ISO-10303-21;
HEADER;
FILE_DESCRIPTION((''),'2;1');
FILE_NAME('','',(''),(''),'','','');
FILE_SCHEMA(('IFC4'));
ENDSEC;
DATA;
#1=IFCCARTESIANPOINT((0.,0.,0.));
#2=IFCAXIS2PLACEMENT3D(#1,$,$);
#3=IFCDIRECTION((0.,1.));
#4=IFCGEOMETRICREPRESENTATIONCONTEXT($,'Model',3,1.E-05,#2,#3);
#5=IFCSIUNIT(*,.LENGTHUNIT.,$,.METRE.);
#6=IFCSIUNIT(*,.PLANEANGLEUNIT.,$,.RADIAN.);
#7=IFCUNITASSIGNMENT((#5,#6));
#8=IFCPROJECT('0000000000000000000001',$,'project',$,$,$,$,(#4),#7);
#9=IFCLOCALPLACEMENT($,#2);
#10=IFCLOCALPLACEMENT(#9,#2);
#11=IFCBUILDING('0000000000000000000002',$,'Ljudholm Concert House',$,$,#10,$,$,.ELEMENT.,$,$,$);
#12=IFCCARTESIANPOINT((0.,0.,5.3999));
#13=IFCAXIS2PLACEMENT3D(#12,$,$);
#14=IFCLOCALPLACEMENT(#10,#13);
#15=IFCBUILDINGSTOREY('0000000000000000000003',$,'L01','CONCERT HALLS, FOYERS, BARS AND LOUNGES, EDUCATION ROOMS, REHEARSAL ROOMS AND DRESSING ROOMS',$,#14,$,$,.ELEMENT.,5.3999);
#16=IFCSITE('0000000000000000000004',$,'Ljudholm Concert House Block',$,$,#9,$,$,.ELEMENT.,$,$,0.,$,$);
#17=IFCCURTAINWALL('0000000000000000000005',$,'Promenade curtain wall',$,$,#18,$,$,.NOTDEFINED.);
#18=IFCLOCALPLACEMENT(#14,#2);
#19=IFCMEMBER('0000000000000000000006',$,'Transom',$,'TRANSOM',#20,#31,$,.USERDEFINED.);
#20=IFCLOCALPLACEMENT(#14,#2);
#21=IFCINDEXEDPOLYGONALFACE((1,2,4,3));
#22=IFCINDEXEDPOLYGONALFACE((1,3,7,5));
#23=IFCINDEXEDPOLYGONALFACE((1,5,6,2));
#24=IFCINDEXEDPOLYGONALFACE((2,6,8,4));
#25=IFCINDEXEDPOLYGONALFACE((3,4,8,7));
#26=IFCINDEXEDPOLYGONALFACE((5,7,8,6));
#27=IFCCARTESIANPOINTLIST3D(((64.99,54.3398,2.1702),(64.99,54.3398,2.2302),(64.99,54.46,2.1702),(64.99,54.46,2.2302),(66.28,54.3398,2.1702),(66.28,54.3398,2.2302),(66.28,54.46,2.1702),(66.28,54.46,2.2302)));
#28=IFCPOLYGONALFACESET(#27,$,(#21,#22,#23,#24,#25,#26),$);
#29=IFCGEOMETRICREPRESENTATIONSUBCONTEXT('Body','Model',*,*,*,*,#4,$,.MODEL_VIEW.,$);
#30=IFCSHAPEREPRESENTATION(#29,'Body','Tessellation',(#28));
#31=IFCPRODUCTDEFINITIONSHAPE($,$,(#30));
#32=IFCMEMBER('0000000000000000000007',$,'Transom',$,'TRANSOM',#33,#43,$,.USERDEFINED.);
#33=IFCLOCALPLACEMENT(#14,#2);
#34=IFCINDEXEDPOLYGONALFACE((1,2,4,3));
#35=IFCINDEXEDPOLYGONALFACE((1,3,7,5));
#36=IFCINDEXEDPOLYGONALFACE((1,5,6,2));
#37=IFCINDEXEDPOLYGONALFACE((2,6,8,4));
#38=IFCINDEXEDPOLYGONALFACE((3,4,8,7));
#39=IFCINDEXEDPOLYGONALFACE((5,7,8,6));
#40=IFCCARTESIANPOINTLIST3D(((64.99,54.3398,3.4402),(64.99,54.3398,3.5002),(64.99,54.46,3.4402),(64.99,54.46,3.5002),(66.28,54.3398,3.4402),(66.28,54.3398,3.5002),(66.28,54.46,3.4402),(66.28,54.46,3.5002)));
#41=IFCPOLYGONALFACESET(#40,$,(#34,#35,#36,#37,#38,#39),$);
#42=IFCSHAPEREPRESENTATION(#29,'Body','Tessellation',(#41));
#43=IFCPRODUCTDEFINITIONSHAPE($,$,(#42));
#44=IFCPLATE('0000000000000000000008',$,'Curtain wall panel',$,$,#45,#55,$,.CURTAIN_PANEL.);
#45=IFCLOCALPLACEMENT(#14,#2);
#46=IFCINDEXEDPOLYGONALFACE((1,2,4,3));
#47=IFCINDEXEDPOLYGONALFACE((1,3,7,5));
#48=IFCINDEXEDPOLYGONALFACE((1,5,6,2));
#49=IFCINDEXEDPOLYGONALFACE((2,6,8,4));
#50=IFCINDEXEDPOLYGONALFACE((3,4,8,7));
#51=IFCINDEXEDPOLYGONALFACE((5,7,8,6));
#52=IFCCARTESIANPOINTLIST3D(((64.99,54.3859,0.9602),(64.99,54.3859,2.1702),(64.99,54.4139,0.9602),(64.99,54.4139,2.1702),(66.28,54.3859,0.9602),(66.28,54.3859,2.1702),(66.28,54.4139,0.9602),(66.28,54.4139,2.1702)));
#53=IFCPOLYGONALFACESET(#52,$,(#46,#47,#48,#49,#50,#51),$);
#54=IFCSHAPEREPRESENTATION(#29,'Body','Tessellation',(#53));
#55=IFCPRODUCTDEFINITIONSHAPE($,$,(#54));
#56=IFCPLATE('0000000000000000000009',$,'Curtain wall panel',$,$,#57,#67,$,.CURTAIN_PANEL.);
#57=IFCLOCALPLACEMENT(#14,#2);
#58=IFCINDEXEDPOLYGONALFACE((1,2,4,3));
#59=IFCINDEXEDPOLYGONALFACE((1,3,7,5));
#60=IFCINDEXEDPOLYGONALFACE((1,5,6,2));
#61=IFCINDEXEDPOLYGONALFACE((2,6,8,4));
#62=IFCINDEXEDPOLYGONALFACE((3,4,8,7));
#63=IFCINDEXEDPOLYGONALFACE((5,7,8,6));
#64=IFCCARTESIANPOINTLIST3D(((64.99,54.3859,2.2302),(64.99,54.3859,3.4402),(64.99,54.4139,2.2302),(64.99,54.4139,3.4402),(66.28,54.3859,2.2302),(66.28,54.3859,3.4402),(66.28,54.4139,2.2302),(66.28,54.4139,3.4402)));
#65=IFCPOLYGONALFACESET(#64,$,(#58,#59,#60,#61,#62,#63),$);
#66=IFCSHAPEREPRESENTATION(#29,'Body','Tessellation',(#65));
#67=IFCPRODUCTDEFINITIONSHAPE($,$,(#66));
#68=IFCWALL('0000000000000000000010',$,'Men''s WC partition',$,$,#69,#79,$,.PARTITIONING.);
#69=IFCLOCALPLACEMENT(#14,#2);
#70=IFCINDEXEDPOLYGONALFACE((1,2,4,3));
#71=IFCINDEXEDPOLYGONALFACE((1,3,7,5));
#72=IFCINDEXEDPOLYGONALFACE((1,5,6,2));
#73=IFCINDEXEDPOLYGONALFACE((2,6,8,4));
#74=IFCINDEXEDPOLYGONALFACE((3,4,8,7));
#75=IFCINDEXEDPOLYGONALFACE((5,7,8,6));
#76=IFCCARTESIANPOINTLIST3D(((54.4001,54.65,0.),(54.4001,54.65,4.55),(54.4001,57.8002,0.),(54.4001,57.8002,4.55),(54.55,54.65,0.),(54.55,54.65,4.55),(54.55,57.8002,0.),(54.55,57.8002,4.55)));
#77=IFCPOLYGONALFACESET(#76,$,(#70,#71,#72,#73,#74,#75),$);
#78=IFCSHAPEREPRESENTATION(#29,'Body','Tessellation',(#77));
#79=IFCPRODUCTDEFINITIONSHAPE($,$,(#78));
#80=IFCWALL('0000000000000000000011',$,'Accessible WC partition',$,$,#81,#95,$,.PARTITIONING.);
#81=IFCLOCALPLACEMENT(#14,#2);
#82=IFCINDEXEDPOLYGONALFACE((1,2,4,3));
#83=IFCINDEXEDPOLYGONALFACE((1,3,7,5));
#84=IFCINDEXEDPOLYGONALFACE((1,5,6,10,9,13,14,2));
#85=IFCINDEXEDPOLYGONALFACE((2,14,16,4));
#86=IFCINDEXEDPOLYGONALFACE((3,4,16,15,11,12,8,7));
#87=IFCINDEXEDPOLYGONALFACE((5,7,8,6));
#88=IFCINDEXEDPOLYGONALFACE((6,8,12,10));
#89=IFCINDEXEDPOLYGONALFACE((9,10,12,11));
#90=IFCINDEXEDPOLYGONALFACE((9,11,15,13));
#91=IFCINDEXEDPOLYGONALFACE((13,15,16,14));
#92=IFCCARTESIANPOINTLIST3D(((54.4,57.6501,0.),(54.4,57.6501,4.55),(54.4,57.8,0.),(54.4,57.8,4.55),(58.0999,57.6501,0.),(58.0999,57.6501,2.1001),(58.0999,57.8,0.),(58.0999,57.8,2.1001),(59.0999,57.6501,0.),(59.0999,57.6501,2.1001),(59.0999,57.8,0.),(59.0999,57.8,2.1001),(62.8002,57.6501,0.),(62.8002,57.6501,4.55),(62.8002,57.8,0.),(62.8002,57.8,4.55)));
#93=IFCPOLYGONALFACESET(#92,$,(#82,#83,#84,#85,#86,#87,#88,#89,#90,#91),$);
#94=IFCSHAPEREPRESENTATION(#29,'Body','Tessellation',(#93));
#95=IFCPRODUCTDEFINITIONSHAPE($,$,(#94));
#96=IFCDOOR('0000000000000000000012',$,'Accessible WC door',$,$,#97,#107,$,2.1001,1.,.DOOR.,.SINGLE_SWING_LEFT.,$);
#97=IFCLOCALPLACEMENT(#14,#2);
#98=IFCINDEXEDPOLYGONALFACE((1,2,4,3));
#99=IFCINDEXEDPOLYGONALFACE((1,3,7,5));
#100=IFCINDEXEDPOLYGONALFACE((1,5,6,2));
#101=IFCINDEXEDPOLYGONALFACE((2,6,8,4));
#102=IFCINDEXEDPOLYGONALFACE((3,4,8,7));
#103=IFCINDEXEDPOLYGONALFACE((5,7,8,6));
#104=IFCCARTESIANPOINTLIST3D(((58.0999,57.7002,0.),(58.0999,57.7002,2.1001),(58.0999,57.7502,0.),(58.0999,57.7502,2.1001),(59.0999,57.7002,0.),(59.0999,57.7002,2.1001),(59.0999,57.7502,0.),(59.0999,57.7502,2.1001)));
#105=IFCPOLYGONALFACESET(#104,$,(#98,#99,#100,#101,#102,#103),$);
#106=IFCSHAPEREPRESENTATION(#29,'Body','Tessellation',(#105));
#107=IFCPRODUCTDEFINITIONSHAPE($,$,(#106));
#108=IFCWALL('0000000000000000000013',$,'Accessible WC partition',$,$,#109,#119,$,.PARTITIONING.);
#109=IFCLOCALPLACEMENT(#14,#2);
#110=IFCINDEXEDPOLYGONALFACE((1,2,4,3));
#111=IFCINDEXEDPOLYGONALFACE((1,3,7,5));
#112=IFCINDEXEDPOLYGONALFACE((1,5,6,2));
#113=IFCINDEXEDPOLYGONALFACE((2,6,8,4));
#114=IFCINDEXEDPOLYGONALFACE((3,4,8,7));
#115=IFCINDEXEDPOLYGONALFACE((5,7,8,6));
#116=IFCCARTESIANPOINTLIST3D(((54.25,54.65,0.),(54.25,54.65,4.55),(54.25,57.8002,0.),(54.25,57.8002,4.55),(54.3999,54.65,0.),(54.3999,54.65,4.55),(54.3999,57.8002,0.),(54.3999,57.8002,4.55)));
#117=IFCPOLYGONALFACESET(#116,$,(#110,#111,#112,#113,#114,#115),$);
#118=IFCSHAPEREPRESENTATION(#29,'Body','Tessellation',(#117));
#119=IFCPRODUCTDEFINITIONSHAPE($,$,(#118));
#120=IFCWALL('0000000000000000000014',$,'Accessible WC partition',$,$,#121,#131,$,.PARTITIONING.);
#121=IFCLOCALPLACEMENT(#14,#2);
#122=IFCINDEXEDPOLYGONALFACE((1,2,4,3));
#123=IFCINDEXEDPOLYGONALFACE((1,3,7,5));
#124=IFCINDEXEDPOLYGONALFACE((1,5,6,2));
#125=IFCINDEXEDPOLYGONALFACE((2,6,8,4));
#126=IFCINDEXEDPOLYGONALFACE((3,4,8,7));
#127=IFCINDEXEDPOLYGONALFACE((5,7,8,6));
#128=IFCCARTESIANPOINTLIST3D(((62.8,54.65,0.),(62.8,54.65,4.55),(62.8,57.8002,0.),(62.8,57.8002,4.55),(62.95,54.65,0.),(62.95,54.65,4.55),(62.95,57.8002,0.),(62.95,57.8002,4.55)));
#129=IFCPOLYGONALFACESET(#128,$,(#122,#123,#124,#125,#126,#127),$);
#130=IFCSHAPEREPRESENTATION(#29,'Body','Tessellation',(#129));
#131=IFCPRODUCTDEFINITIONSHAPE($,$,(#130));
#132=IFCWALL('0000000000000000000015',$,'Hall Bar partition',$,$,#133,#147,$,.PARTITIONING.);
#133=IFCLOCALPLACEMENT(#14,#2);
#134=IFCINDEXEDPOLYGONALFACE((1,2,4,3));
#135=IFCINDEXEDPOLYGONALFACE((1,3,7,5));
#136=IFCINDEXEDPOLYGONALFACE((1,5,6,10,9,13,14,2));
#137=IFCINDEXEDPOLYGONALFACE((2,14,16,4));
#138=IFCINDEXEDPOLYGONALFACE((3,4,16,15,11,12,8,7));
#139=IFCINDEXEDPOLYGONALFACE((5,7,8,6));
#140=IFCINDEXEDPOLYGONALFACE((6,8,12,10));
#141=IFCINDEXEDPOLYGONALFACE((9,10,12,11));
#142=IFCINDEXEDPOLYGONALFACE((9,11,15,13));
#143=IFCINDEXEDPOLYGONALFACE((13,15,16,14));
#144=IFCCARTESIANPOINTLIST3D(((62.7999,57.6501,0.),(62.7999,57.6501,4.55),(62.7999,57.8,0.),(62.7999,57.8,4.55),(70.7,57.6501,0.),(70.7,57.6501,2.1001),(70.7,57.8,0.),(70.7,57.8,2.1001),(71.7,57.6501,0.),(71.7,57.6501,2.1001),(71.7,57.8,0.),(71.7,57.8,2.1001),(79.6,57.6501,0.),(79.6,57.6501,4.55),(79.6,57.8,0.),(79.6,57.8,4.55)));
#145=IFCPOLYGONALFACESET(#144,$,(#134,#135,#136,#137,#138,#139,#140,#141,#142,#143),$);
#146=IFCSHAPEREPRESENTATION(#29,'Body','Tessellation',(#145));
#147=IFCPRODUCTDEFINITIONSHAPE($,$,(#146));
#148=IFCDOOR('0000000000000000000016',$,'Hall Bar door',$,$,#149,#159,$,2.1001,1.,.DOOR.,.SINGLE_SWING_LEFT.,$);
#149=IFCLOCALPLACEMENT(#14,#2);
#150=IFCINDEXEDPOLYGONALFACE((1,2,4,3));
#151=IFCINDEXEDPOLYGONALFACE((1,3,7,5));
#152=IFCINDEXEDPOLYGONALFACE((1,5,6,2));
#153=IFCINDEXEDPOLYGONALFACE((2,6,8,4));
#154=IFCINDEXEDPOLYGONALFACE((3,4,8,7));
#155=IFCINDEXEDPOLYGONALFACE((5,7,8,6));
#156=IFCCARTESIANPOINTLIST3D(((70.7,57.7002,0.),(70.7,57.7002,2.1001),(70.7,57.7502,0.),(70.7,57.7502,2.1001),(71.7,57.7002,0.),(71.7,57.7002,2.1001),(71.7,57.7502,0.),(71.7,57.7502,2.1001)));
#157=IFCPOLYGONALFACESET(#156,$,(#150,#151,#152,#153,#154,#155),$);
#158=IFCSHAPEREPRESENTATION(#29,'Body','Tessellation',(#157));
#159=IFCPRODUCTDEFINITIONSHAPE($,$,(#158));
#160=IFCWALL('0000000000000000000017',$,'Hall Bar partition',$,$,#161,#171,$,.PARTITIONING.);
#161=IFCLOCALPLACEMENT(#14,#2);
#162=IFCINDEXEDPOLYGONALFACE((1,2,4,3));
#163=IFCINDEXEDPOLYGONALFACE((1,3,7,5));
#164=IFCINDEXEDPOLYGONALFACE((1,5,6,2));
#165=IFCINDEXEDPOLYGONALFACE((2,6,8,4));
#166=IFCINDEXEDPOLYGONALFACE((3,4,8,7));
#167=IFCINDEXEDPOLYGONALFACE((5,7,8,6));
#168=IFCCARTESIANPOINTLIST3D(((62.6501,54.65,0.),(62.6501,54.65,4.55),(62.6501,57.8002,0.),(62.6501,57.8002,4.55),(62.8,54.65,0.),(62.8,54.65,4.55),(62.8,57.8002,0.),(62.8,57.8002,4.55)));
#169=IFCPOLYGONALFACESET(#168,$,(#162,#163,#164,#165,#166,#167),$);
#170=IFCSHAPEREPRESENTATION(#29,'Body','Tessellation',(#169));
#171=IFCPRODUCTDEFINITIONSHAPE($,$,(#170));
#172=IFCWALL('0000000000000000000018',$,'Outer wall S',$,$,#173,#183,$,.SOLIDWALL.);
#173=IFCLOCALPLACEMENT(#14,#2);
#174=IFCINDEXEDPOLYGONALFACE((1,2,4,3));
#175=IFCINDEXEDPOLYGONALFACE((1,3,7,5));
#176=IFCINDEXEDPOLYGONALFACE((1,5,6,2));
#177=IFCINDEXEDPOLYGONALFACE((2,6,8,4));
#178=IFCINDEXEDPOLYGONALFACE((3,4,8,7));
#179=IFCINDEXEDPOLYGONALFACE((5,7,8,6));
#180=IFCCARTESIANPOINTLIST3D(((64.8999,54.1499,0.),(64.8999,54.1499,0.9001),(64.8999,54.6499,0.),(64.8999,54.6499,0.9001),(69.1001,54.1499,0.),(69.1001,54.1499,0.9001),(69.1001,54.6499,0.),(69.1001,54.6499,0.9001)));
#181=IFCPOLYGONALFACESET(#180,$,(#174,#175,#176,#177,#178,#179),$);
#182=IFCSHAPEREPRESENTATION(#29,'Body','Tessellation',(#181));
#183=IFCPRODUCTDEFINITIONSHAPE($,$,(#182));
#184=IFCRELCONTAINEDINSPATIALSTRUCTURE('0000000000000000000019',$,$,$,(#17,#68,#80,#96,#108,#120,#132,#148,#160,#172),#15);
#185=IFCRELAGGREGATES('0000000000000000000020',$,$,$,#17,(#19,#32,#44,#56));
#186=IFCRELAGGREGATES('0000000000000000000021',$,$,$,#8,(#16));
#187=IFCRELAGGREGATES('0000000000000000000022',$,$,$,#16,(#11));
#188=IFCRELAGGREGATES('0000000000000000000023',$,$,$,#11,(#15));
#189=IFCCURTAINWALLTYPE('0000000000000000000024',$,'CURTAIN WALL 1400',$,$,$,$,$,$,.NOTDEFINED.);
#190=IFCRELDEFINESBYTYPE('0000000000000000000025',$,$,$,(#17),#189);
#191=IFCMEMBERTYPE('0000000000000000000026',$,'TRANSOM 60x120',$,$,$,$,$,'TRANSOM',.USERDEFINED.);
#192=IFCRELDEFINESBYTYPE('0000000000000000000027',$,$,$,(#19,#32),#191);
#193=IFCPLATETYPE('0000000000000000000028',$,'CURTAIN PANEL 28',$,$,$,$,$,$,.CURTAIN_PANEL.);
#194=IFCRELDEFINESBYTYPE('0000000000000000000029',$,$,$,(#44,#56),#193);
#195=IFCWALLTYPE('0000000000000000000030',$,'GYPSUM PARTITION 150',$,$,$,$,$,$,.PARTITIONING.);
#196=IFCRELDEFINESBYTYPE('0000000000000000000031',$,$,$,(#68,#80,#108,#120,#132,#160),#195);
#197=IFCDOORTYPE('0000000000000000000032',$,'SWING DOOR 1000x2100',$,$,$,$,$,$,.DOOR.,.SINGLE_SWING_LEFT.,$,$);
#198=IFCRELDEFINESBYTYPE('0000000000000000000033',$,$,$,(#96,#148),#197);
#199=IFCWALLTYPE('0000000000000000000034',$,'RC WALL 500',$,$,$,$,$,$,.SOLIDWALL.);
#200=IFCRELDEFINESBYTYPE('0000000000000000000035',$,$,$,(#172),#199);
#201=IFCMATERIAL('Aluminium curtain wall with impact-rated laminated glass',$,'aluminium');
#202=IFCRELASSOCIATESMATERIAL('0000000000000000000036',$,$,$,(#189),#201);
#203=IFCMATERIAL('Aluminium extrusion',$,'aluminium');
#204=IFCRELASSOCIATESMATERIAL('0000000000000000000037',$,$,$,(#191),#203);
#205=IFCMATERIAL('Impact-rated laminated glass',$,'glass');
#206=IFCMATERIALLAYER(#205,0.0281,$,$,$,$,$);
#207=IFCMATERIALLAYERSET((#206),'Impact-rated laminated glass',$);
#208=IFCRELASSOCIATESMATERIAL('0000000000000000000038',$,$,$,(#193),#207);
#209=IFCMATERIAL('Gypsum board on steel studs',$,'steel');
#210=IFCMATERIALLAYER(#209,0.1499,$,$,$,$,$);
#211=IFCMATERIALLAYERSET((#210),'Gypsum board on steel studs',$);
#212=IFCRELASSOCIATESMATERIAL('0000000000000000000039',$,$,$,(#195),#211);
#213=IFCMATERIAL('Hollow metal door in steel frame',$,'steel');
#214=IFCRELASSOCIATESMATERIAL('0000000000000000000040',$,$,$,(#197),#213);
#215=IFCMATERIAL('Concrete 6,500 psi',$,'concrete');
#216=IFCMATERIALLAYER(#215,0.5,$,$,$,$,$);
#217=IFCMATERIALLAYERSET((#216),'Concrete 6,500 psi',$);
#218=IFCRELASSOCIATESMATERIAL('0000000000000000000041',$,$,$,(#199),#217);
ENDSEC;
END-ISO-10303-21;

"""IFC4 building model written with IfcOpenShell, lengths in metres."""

from ifc_helpers import new_model, si_unit, direction, frame, frame_2d, origin, origin_2d, place, context, subcontext, project, spatial, rectangle, extrude, material, layer, layer_set, material_profile, profile_set, type_object, element, fill, aggregate, save


model = new_model("IFC4")

# Units and contexts
model_context = context("Model", 3, precision=1e-05, world=origin(), true_north=direction((0.0, 1.0)))
body_context = subcontext(model_context, "Body", "Model", "MODEL_VIEW")
ifc_project = project(units=[si_unit("LENGTHUNIT", "METRE"), si_unit("PLANEANGLEUNIT", "RADIAN")], contexts=[model_context])

# Site, building, storey
site_placement = place(None, origin())
site = spatial("IfcSite", under=ifc_project, at=site_placement, Name="Ljudholm Concert House Block", CompositionType="ELEMENT", RefElevation=0.0)
building_placement = place(site_placement, origin())
building = spatial("IfcBuilding", under=site, at=building_placement, Name="Ljudholm Concert House", CompositionType="ELEMENT")
storey_placement = place(building_placement, frame((0.0, 0.0, 5.3999)))
storey = spatial("IfcBuildingStorey", under=building, at=storey_placement, Name="L01", Description="CONCERT HALLS, FOYERS, BARS AND LOUNGES, EDUCATION ROOMS, REHEARSAL ROOMS AND DRESSING ROOMS", CompositionType="ELEMENT", Elevation=5.3999)

# Curtain wall
ifc_material_1 = material(Name="Aluminium curtain wall with impact-rated laminated glass", Category="aluminium")
curtain_wall_type = type_object("IfcCurtainWallType", Name="CURTAIN WALL 1400", PredefinedType="NOTDEFINED", material=ifc_material_1)
curtain_wall_placement = place(storey_placement, origin())
curtain_wall = element("IfcCurtainWall", 1, at=curtain_wall_placement, inside=storey, type_object=curtain_wall_type, Name="Promenade curtain wall", PredefinedType="NOTDEFINED")

# Members
ifc_material_2 = material(Name="Aluminium extrusion", Category="aluminium")
ifc_material_profile_1 = material_profile(ifc_material_2, rectangle(XDim=0.1201, YDim=0.0601, at=origin_2d()), Name="TRANSOM 60x120")
ifc_profile_set_1 = profile_set([ifc_material_profile_1], Name="Aluminium extrusion")
member_type_1 = type_object("IfcMemberType", Name="TRANSOM 60x120", ElementType="TRANSOM", PredefinedType="USERDEFINED", material=ifc_profile_set_1)
member_1_placement = place(storey_placement, frame((64.99, 54.3999, 2.2002), z_axis=(1.0, 0.0, 0.0), x_axis=(0.0, 1.0, 0.0)))
member_1 = element("IfcMember", 2, at=member_1_placement, type_object=member_type_1, Name="Transom", ObjectType="TRANSOM", PredefinedType="USERDEFINED", context=body_context, shape_type="SweptSolid", body=[
    extrude(rectangle(XDim=0.1201, YDim=0.0601, at=origin_2d()), origin(), (0.0, 0.0, 1.0), 1.29),
])
member_2_placement = place(storey_placement, frame((64.99, 54.3999, 3.4702), z_axis=(1.0, 0.0, 0.0), x_axis=(0.0, 1.0, 0.0)))
member_2 = element("IfcMember", 3, at=member_2_placement, type_object=member_type_1, Name="Transom", ObjectType="TRANSOM", PredefinedType="USERDEFINED", context=body_context, shape_type="SweptSolid", body=[
    extrude(rectangle(XDim=0.1201, YDim=0.0601, at=origin_2d()), origin(), (0.0, 0.0, 1.0), 1.29),
])

# Plates
ifc_material_3 = material(Name="Impact-rated laminated glass", Category="glass")
ifc_layer_1 = layer(ifc_material_3, 0.0281)
ifc_layer_set_1 = layer_set([ifc_layer_1], Name="Impact-rated laminated glass")
plate_type = type_object("IfcPlateType", Name="CURTAIN PANEL 28", PredefinedType="CURTAIN_PANEL", material=ifc_layer_set_1)
plate_1_placement = place(storey_placement, frame((65.635, 54.3999, 0.9602), z_axis=(0.0, 0.0, 1.0), x_axis=(1.0, 0.0, 0.0)))
plate_1 = element("IfcPlate", 4, at=plate_1_placement, type_object=plate_type, Name="Curtain wall panel", PredefinedType="CURTAIN_PANEL", context=body_context, shape_type="SweptSolid", body=[
    extrude(rectangle(XDim=1.29, YDim=0.0281, at=origin_2d()), origin(), (0.0, 0.0, 1.0), 1.21),
])
plate_2_placement = place(storey_placement, frame((65.635, 54.3999, 2.2302), z_axis=(0.0, 0.0, 1.0), x_axis=(1.0, 0.0, 0.0)))
plate_2 = element("IfcPlate", 5, at=plate_2_placement, type_object=plate_type, Name="Curtain wall panel", PredefinedType="CURTAIN_PANEL", context=body_context, shape_type="SweptSolid", body=[
    extrude(rectangle(XDim=1.29, YDim=0.0281, at=origin_2d()), origin(), (0.0, 0.0, 1.0), 1.21),
])
aggregate(curtain_wall, [member_1, member_2, plate_1, plate_2])

# Wall
ifc_material_4 = material(Name="Gypsum board on steel studs", Category="steel")
ifc_layer_2 = layer(ifc_material_4, 0.1499)
ifc_layer_set_2 = layer_set([ifc_layer_2], Name="Gypsum board on steel studs")
wall_type_1 = type_object("IfcWallType", Name="GYPSUM PARTITION 150", PredefinedType="PARTITIONING", material=ifc_layer_set_2)
wall_1_placement = place(storey_placement, frame((54.4751, 54.6499, 0.0), z_axis=(0.0, 0.0, 1.0), x_axis=(0.0, 1.0, 0.0)))
element("IfcWall", 6, at=wall_1_placement, inside=storey, type_object=wall_type_1, Name="Men's WC partition", PredefinedType="PARTITIONING", context=body_context, shape_type="SweptSolid", body=[
    extrude(rectangle(XDim=3.1501, YDim=0.1499, at=frame_2d((1.5752, 0.0))), origin(), (0.0, 0.0, 1.0), 4.55),
])

# Wall, opening, door
wall_2_placement = place(storey_placement, frame((54.3999, 57.7251, 0.0), z_axis=(0.0, 0.0, 1.0), x_axis=(1.0, 0.0, 0.0)))
wall_2 = element("IfcWall", 7, at=wall_2_placement, inside=storey, type_object=wall_type_1, Name="Accessible WC partition", PredefinedType="PARTITIONING", context=body_context, shape_type="SweptSolid", body=[
    extrude(rectangle(XDim=8.4001, YDim=0.1499, at=frame_2d((4.2002, 0.0))), origin(), (0.0, 0.0, 1.0), 4.55),
])
opening_1_placement = place(wall_2_placement, frame((3.7, 0.0, 0.0)))
opening_1 = element("IfcOpeningElement", 8, at=opening_1_placement, cuts=wall_2, PredefinedType="OPENING", context=body_context, shape_type="SweptSolid", body=[
    extrude(rectangle(XDim=1.0, YDim=2.1001, at=frame_2d((0.5, 1.05))), frame((0.0, 0.085, 0.0), z_axis=(0.0, -1.0, 0.0), x_axis=(1.0, 0.0, 0.0)), (0.0, 0.0, 1.0), 0.1699),
])
ifc_material_5 = material(Name="Hollow metal door in steel frame", Category="steel")
door_type = type_object("IfcDoorType", Name="SWING DOOR 1000x2100", OperationType="SINGLE_SWING_LEFT", PredefinedType="DOOR", material=ifc_material_5)
door_1_placement = place(opening_1_placement, frame((1.0, 0.0, 0.0), z_axis=(0.0, 0.0, 1.0), x_axis=(-1.0, 0.0, 0.0)))
door_1 = element("IfcDoor", 9, at=door_1_placement, inside=storey, type_object=door_type, Name="Accessible WC door", OperationType="SINGLE_SWING_LEFT", OverallHeight=2.1001, OverallWidth=1.0, PredefinedType="DOOR", context=body_context, shape_type="SweptSolid", body=[
    extrude(rectangle(XDim=1.0, YDim=2.1001, at=frame_2d((0.5, 1.05))), frame((0.0, 0.0249, 0.0), z_axis=(0.0, -1.0, 0.0), x_axis=(1.0, 0.0, 0.0)), (0.0, 0.0, 1.0), 0.05),
])
fill(opening_1, door_1)

# Walls
for number, where, z_axis, x_axis, name in (
    (10, (54.325, 54.6499, 0.0), (0.0, 0.0, 1.0), (0.0, 1.0, 0.0), "Accessible WC partition"),
    (11, (62.875, 54.6499, 0.0), (0.0, 0.0, 1.0), (0.0, 1.0, 0.0), "Accessible WC partition"),
):
    element("IfcWall", number, at=place(storey_placement, frame(where, z_axis=z_axis, x_axis=x_axis)), inside=storey, type_object=wall_type_1, Name=name, PredefinedType="PARTITIONING", context=body_context, shape_type="SweptSolid", body=[
        extrude(rectangle(XDim=3.1501, YDim=0.1499, at=frame_2d((1.5752, 0.0))), origin(), (0.0, 0.0, 1.0), 4.55),
    ])

# Wall, opening, door
wall_3_placement = place(storey_placement, frame((62.8, 57.7251, 0.0), z_axis=(0.0, 0.0, 1.0), x_axis=(1.0, 0.0, 0.0)))
wall_3 = element("IfcWall", 12, at=wall_3_placement, inside=storey, type_object=wall_type_1, Name="Hall Bar partition", PredefinedType="PARTITIONING", context=body_context, shape_type="SweptSolid", body=[
    extrude(rectangle(XDim=16.8, YDim=0.1499, at=frame_2d((8.3999, 0.0))), origin(), (0.0, 0.0, 1.0), 4.55),
])
opening_2_placement = place(wall_3_placement, frame((7.8999, 0.0, 0.0)))
opening_2 = element("IfcOpeningElement", 13, at=opening_2_placement, cuts=wall_3, PredefinedType="OPENING", context=body_context, shape_type="SweptSolid", body=[
    extrude(rectangle(XDim=1.0, YDim=2.1001, at=frame_2d((0.5, 1.05))), frame((0.0, 0.085, 0.0), z_axis=(0.0, -1.0, 0.0), x_axis=(1.0, 0.0, 0.0)), (0.0, 0.0, 1.0), 0.1699),
])
door_2_placement = place(opening_2_placement, frame((1.0, 0.0, 0.0), z_axis=(0.0, 0.0, 1.0), x_axis=(-1.0, 0.0, 0.0)))
door_2 = element("IfcDoor", 14, at=door_2_placement, inside=storey, type_object=door_type, Name="Hall Bar door", OperationType="SINGLE_SWING_LEFT", OverallHeight=2.1001, OverallWidth=1.0, PredefinedType="DOOR", context=body_context, shape_type="SweptSolid", body=[
    extrude(rectangle(XDim=1.0, YDim=2.1001, at=frame_2d((0.5, 1.05))), frame((0.0, 0.0249, 0.0), z_axis=(0.0, -1.0, 0.0), x_axis=(1.0, 0.0, 0.0)), (0.0, 0.0, 1.0), 0.05),
])
fill(opening_2, door_2)

# Walls
wall_4_placement = place(storey_placement, frame((62.7251, 54.6499, 0.0), z_axis=(0.0, 0.0, 1.0), x_axis=(0.0, 1.0, 0.0)))
element("IfcWall", 15, at=wall_4_placement, inside=storey, type_object=wall_type_1, Name="Hall Bar partition", PredefinedType="PARTITIONING", context=body_context, shape_type="SweptSolid", body=[
    extrude(rectangle(XDim=3.1501, YDim=0.1499, at=frame_2d((1.5752, 0.0))), origin(), (0.0, 0.0, 1.0), 4.55),
])
ifc_material_6 = material(Name="Concrete 6,500 psi", Category="concrete")
ifc_layer_3 = layer(ifc_material_6, 0.5)
ifc_layer_set_3 = layer_set([ifc_layer_3], Name="Concrete 6,500 psi")
wall_type_2 = type_object("IfcWallType", Name="RC WALL 500", PredefinedType="SOLIDWALL", material=ifc_layer_set_3)
wall_5_placement = place(storey_placement, frame((64.8999, 54.3999, 0.0), z_axis=(0.0, 0.0, 1.0), x_axis=(1.0, 0.0, 0.0)))
element("IfcWall", 16, at=wall_5_placement, inside=storey, type_object=wall_type_2, Name="Outer wall S", PredefinedType="SOLIDWALL", context=body_context, shape_type="SweptSolid", body=[
    extrude(rectangle(XDim=4.2002, YDim=0.5, at=frame_2d((2.1001, 0.0))), origin(), (0.0, 0.0, 1.0), 0.9001),
])

save(model, "model.ifc")
